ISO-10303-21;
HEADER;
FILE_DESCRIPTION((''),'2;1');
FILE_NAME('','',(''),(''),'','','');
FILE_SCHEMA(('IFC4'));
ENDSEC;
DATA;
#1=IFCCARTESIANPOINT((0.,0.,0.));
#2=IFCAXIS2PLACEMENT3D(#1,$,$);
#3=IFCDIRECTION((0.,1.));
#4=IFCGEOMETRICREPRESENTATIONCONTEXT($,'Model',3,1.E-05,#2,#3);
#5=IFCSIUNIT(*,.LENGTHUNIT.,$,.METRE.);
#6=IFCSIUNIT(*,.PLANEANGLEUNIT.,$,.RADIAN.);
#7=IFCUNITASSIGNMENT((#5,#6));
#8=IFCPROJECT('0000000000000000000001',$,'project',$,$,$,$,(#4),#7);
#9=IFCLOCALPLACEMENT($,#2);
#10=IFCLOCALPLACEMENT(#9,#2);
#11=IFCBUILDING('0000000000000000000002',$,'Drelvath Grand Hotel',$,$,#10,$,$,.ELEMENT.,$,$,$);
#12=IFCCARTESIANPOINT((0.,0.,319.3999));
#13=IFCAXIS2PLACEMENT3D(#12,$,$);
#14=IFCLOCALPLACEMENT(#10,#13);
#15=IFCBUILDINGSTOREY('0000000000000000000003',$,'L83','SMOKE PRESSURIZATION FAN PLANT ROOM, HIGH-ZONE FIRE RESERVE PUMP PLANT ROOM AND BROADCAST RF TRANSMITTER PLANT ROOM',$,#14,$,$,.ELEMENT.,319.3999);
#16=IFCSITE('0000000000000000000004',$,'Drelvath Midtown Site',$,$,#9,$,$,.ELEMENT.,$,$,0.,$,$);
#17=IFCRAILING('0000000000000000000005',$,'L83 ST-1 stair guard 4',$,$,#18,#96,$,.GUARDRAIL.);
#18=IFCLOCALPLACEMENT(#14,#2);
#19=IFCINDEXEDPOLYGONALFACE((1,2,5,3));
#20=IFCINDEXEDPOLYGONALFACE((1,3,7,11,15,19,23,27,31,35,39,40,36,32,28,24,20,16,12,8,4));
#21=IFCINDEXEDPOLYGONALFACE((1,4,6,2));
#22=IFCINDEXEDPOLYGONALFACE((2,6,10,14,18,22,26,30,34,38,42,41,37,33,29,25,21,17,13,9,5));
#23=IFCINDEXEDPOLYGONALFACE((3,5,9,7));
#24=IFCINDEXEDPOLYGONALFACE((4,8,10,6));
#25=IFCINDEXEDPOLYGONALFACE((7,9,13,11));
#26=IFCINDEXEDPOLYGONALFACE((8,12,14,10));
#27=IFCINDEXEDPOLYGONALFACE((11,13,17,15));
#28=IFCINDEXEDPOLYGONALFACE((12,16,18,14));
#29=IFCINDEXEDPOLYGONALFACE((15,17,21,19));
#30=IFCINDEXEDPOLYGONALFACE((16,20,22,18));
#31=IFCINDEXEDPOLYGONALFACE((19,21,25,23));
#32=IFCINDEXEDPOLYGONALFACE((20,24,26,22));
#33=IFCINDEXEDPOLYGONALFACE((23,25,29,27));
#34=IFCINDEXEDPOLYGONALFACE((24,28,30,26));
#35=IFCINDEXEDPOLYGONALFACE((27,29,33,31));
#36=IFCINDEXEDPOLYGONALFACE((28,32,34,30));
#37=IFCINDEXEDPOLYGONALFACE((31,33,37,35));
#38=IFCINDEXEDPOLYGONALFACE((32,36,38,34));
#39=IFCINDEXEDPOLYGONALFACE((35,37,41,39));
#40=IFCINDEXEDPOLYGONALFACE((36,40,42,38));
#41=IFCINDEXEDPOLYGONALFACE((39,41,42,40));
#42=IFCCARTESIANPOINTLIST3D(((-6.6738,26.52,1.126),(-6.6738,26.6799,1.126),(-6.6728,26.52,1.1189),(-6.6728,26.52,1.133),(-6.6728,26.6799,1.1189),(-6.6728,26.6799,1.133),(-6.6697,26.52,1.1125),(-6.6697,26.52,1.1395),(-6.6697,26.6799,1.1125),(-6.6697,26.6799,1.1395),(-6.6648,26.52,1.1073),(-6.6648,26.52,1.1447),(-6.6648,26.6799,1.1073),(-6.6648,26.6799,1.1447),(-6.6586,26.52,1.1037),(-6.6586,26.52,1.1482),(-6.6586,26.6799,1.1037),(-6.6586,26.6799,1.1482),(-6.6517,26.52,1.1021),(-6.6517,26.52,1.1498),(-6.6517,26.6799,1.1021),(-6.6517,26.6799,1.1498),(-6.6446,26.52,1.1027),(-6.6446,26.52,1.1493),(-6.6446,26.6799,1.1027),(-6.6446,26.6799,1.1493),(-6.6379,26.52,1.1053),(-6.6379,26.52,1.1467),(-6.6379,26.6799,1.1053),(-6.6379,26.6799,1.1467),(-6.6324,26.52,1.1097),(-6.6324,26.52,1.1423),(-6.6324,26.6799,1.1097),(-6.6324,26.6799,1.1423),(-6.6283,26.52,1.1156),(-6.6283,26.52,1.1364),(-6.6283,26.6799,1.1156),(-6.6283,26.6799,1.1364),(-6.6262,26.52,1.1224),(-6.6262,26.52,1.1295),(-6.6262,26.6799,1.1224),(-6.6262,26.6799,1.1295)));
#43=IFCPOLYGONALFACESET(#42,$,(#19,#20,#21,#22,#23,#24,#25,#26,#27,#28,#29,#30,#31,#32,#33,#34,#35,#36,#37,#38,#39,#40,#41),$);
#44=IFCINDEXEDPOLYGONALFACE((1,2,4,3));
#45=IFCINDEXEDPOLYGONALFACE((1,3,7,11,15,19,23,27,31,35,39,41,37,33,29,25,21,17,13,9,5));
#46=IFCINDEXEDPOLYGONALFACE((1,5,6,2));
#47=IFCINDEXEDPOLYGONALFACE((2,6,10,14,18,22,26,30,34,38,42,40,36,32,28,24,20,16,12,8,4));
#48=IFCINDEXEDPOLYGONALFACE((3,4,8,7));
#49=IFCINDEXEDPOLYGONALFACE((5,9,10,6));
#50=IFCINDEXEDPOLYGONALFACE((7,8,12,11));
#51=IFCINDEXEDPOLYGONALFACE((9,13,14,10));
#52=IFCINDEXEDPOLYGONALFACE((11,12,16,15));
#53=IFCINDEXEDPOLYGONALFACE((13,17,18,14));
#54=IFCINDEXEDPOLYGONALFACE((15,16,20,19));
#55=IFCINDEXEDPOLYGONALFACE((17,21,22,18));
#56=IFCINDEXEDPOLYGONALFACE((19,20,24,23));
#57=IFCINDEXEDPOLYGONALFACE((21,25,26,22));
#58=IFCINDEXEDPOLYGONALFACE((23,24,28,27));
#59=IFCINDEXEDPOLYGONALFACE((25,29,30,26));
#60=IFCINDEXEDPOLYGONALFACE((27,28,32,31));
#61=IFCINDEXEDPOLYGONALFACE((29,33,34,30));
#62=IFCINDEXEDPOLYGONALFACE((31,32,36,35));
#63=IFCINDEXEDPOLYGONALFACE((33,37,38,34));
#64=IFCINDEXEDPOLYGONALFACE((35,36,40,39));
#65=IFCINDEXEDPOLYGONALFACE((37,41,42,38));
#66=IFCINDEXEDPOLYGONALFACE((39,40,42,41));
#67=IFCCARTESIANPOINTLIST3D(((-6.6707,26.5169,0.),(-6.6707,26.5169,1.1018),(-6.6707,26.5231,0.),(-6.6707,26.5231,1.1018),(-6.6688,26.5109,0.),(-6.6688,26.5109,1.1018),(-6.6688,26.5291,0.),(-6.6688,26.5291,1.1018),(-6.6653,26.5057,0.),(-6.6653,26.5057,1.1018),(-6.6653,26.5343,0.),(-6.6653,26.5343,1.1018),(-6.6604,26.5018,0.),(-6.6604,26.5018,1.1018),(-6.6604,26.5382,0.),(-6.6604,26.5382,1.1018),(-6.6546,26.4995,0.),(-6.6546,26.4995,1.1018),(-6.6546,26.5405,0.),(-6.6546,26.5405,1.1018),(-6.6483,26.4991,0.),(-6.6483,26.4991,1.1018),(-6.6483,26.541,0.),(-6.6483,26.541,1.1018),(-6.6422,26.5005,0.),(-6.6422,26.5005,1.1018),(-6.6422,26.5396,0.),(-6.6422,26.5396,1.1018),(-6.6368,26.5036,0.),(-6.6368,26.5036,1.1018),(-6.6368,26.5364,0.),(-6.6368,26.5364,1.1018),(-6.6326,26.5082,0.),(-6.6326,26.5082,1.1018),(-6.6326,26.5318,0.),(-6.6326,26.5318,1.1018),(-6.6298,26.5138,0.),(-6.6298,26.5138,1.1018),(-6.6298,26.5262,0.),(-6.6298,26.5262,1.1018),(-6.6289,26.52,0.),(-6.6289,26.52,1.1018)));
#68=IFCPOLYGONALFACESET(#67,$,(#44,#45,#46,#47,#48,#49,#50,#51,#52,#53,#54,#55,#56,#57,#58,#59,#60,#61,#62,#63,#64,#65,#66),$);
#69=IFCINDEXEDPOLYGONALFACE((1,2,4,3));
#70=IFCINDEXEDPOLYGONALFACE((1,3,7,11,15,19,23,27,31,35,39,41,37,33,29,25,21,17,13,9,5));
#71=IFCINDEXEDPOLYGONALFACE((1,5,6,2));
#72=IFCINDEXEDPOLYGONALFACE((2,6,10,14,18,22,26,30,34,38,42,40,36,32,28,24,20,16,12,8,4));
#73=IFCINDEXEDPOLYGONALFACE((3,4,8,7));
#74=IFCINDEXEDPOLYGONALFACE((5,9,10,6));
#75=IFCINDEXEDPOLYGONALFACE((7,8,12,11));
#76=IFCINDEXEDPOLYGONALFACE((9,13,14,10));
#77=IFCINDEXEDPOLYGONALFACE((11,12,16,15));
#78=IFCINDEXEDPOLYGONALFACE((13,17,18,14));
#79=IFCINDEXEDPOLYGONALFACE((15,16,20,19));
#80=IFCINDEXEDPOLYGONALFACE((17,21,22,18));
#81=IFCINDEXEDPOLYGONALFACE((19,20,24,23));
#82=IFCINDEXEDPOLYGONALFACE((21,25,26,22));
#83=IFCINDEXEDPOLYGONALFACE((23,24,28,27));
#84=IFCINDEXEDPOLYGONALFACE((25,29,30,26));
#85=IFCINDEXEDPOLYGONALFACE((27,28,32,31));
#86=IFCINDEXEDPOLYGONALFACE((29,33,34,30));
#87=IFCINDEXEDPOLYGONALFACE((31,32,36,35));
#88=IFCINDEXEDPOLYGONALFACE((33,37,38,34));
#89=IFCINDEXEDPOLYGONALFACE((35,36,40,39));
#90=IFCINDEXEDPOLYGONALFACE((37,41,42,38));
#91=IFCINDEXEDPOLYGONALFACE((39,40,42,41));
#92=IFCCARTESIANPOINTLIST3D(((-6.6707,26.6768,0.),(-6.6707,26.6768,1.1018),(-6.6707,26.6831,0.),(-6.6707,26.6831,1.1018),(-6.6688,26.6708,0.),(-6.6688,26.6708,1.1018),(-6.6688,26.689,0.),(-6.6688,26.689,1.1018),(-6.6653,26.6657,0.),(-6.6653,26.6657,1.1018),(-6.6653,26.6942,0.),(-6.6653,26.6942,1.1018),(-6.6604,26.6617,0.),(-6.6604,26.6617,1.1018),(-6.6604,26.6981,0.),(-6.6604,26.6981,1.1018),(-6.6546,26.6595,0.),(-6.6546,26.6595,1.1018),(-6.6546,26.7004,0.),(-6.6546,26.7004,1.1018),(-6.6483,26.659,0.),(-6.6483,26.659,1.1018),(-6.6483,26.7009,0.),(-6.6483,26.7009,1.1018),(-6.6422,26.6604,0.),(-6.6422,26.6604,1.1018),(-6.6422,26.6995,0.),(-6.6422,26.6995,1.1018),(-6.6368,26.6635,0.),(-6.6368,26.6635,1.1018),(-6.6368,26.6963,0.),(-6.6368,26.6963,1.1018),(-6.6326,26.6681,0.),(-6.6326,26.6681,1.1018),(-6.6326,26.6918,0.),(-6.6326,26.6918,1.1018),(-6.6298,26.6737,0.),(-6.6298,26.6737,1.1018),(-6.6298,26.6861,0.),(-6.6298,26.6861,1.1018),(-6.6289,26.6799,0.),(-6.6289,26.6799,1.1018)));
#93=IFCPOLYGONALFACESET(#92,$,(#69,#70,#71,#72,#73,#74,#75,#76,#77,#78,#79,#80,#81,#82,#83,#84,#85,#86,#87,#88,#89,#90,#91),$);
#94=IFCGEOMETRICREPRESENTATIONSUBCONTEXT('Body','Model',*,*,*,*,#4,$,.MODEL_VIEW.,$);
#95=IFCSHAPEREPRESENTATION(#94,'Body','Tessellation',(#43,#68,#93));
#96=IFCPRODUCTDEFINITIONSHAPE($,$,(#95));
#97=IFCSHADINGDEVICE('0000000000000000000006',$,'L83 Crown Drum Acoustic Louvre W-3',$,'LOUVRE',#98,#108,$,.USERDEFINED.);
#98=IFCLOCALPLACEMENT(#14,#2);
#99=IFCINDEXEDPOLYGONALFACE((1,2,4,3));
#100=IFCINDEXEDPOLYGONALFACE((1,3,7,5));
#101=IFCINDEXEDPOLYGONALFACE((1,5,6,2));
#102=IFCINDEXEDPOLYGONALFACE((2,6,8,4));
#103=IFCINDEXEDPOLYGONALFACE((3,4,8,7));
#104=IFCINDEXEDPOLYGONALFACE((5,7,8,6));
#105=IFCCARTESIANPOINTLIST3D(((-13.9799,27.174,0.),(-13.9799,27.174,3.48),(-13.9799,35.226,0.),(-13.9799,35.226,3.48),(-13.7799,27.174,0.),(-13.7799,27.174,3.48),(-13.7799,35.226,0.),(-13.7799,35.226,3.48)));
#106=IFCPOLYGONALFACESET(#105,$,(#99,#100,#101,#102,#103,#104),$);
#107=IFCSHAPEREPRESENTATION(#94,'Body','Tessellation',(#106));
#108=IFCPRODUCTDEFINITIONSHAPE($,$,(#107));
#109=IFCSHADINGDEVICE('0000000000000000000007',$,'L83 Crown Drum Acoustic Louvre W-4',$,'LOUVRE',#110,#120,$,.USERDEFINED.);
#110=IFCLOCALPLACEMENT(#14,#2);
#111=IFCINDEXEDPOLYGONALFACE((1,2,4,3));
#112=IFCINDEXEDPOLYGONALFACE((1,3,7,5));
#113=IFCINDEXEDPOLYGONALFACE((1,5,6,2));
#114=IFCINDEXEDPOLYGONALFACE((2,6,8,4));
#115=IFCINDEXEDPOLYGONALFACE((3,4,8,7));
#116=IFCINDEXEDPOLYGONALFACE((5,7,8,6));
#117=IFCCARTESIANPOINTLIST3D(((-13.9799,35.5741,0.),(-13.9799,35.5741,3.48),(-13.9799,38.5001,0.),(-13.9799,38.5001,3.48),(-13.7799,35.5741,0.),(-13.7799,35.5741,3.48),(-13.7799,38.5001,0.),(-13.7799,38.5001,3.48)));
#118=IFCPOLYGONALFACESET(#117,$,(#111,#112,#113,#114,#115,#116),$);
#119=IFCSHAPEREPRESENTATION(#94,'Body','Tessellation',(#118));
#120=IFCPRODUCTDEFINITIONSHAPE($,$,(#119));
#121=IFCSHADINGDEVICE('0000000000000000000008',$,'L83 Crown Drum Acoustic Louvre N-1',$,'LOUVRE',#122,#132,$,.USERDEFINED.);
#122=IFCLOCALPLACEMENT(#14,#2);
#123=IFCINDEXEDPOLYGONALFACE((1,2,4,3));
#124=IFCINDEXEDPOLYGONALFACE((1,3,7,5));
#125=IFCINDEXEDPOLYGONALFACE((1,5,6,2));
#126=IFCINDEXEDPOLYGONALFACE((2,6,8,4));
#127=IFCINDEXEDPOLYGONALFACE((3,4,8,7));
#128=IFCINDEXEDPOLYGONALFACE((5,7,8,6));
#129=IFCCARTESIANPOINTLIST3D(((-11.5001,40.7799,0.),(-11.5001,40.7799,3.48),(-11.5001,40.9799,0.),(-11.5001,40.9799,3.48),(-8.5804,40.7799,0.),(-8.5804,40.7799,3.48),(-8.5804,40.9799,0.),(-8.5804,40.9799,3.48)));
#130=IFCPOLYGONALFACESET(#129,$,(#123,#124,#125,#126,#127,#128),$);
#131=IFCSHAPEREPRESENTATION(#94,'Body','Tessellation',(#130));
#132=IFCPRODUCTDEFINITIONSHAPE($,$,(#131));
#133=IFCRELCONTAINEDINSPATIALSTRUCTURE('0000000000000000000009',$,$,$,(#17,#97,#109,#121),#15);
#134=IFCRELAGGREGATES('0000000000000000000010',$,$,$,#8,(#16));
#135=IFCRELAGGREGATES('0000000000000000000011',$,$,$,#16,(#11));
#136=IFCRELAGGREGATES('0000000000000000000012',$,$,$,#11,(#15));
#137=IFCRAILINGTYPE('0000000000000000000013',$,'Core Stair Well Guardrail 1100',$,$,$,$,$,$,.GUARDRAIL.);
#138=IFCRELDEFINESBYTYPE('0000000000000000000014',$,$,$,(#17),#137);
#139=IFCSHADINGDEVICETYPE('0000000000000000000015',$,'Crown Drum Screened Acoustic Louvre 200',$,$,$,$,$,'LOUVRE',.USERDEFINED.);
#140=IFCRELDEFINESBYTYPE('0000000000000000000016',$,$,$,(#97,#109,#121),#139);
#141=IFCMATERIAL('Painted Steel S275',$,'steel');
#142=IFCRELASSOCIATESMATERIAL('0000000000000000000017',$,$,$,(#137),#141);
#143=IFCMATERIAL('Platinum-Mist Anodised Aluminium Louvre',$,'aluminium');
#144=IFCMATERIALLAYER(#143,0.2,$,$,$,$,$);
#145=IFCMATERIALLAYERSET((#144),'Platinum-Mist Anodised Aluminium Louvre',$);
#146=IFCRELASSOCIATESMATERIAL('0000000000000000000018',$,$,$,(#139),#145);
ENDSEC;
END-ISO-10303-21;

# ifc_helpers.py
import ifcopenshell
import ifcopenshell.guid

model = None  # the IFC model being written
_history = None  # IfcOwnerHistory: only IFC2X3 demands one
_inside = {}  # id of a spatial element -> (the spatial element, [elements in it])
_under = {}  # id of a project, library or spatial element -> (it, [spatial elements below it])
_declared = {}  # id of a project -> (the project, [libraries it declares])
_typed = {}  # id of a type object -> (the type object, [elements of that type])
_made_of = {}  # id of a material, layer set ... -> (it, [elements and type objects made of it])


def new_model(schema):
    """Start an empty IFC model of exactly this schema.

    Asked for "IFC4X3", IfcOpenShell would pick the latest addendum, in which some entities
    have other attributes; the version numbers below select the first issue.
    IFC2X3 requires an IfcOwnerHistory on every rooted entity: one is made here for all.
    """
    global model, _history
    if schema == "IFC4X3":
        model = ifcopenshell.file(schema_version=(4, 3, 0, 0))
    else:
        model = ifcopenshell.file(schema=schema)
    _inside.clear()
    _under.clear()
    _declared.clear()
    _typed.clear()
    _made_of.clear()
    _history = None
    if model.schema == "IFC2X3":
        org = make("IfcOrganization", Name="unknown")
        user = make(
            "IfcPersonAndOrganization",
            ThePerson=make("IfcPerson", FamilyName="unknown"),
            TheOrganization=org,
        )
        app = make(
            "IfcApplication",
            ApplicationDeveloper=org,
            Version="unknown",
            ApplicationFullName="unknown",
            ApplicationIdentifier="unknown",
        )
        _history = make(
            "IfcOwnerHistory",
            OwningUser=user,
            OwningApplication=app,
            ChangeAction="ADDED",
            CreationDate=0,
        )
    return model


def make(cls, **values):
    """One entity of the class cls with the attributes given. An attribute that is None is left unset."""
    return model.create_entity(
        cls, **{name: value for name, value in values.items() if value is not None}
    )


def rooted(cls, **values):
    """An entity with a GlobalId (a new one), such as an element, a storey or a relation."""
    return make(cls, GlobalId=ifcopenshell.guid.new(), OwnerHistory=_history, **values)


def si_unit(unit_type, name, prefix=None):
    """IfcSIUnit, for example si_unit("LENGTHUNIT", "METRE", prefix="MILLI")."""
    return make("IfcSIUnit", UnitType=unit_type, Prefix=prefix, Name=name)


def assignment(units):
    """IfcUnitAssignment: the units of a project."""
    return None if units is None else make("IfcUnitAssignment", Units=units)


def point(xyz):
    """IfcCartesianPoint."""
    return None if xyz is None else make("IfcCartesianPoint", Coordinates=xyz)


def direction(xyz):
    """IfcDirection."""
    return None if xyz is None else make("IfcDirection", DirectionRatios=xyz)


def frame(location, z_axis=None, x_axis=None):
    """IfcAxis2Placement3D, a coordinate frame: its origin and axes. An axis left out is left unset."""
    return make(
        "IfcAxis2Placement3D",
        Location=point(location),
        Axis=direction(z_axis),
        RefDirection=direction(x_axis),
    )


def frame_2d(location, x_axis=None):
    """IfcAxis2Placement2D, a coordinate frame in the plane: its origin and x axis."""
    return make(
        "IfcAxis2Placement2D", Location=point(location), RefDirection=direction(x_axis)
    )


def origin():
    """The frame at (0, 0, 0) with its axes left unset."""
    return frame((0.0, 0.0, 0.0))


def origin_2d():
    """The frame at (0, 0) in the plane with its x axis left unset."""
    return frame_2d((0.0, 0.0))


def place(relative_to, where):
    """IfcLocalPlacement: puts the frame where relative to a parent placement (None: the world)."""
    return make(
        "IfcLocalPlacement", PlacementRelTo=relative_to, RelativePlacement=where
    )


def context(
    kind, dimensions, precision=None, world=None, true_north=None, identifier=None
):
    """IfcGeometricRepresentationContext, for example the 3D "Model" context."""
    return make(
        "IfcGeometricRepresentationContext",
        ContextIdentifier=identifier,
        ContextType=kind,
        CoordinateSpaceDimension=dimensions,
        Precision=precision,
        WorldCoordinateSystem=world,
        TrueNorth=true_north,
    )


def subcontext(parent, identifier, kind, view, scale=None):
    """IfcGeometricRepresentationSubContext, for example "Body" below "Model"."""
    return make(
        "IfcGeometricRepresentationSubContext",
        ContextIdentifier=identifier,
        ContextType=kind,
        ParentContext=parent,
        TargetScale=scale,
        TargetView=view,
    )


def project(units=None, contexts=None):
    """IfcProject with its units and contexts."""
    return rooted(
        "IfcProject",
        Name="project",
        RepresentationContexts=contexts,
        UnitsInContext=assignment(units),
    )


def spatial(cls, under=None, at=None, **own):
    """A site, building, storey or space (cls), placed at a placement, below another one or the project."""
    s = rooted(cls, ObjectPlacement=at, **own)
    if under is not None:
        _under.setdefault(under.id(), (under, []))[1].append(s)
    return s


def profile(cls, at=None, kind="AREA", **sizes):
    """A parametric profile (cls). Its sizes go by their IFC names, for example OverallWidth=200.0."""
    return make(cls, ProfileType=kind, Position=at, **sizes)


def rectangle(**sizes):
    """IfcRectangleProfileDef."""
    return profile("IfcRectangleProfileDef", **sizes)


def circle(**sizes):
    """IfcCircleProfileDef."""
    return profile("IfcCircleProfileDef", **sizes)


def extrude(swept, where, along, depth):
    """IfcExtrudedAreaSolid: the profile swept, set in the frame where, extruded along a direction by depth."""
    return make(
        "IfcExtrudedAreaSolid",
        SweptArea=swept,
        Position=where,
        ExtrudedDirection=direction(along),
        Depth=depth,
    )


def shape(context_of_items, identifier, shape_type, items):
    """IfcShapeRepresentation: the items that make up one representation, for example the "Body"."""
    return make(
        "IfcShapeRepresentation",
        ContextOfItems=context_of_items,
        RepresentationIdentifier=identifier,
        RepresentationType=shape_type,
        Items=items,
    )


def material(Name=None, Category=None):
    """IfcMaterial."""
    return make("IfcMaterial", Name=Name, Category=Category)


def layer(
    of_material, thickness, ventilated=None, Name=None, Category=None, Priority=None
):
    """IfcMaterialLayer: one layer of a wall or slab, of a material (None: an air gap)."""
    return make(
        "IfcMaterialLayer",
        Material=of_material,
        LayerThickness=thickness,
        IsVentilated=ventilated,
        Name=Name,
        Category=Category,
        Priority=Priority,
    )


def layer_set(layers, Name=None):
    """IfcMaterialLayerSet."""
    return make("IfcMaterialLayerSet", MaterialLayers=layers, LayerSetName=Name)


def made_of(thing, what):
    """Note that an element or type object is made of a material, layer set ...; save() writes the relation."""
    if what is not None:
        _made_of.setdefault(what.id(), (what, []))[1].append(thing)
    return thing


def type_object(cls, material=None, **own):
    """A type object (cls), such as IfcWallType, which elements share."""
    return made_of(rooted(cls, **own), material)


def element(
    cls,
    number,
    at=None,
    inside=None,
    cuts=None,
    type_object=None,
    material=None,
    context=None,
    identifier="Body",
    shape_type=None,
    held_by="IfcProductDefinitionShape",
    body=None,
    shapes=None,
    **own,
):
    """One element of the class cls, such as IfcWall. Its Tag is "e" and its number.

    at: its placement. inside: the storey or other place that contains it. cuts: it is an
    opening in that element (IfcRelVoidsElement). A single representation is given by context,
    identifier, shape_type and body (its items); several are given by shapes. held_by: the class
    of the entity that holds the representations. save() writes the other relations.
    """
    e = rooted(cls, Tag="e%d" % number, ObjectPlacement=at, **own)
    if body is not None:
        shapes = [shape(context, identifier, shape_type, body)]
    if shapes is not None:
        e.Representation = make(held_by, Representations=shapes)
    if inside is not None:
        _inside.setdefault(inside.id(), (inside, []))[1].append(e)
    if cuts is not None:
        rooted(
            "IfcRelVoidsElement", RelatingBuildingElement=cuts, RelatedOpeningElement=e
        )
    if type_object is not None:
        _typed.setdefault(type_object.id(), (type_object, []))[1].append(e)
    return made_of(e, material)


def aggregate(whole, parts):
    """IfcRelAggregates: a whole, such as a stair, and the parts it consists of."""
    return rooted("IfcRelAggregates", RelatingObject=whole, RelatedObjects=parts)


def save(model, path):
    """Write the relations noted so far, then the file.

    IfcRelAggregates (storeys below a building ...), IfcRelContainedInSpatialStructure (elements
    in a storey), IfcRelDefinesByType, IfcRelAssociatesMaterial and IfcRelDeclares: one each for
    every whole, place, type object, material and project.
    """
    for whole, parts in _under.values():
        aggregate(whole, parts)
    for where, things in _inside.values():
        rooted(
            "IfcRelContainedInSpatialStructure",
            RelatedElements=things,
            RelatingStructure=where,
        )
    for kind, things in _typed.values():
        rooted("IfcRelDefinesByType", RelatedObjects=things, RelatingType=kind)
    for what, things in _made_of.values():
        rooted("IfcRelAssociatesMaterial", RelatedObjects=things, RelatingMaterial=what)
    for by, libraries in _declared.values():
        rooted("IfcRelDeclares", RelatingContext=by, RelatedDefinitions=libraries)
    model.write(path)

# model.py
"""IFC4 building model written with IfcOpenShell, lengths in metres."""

from ifc_helpers import new_model, si_unit, direction, frame, origin, origin_2d, place, context, subcontext, project, spatial, rectangle, circle, extrude, material, layer, layer_set, type_object, element, save


model = new_model("IFC4")

# Units and contexts
model_context = context("Model", 3, precision=1e-05, world=origin(), true_north=direction((0.0, 1.0)))
body_context = subcontext(model_context, "Body", "Model", "MODEL_VIEW")
ifc_project = project(units=[si_unit("LENGTHUNIT", "METRE"), si_unit("PLANEANGLEUNIT", "RADIAN")], contexts=[model_context])

# Site, building, storey
site_placement = place(None, origin())
site = spatial("IfcSite", under=ifc_project, at=site_placement, Name="Drelvath Midtown Site", CompositionType="ELEMENT", RefElevation=0.0)
building_placement = place(site_placement, origin())
building = spatial("IfcBuilding", under=site, at=building_placement, Name="Drelvath Grand Hotel", CompositionType="ELEMENT")
storey_placement = place(building_placement, frame((0.0, 0.0, 319.3999)))
storey = spatial("IfcBuildingStorey", under=building, at=storey_placement, Name="L83", Description="SMOKE PRESSURIZATION FAN PLANT ROOM, HIGH-ZONE FIRE RESERVE PUMP PLANT ROOM AND BROADCAST RF TRANSMITTER PLANT ROOM", CompositionType="ELEMENT", Elevation=319.3999)

# Shared definitions
ifc_material_1 = material(Name="Painted Steel S275", Category="steel")

# Railing
railing_type_1 = type_object("IfcRailingType", Name="Core Stair Well Guardrail 1100", PredefinedType="GUARDRAIL", material=ifc_material_1)
railing_1_placement = place(storey_placement, frame((-6.6499, 26.52, 0.0)))
element("IfcRailing", 1, at=railing_1_placement, inside=storey, type_object=railing_type_1, Name="L83 ST-1 stair guard 4", PredefinedType="GUARDRAIL", context=body_context, shape_type="SweptSolid", body=[
    extrude(circle(Radius=0.0239, at=origin_2d()), frame((0.0, 0.0, 1.126), z_axis=(0.0, 1.0, 0.0), x_axis=(-1.0, 0.0, 0.0)), (0.0, 0.0, 1.0), 0.1599),
    extrude(circle(Radius=0.021, at=origin_2d()), origin(), (0.0, 0.0, 1.0), 1.1018),
    extrude(circle(Radius=0.021, at=origin_2d()), frame((0.0, 0.1599, 0.0)), (0.0, 0.0, 1.0), 1.1018),
])

# Shading devices
ifc_material_2 = material(Name="Platinum-Mist Anodised Aluminium Louvre", Category="aluminium")
ifc_layer_1 = layer(ifc_material_2, 0.2)
ifc_layer_set_1 = layer_set([ifc_layer_1], Name="Platinum-Mist Anodised Aluminium Louvre")
shading_device_type = type_object("IfcShadingDeviceType", Name="Crown Drum Screened Acoustic Louvre 200", ElementType="LOUVRE", PredefinedType="USERDEFINED", material=ifc_layer_set_1)
shading_device_1_placement = place(storey_placement, frame((-13.8799, 31.2, 0.0), z_axis=(0.0, 0.0, 1.0), x_axis=(0.0, 1.0, 0.0)))
element("IfcShadingDevice", 2, at=shading_device_1_placement, inside=storey, type_object=shading_device_type, Name="L83 Crown Drum Acoustic Louvre W-3", ObjectType="LOUVRE", PredefinedType="USERDEFINED", context=body_context, shape_type="SweptSolid", body=[
    extrude(rectangle(XDim=8.052, YDim=0.2, at=origin_2d()), origin(), (0.0, 0.0, 1.0), 3.48),
])
shading_device_2_placement = place(storey_placement, frame((-13.8799, 37.0371, 0.0), z_axis=(0.0, 0.0, 1.0), x_axis=(0.0, 1.0, 0.0)))
element("IfcShadingDevice", 3, at=shading_device_2_placement, inside=storey, type_object=shading_device_type, Name="L83 Crown Drum Acoustic Louvre W-4", ObjectType="LOUVRE", PredefinedType="USERDEFINED", context=body_context, shape_type="SweptSolid", body=[
    extrude(rectangle(XDim=2.926, YDim=0.2, at=origin_2d()), origin(), (0.0, 0.0, 1.0), 3.48),
])
shading_device_3_placement = place(storey_placement, frame((-10.0403, 40.8799, 0.0), z_axis=(0.0, 0.0, 1.0), x_axis=(1.0, 0.0, 0.0)))
element("IfcShadingDevice", 4, at=shading_device_3_placement, inside=storey, type_object=shading_device_type, Name="L83 Crown Drum Acoustic Louvre N-1", ObjectType="LOUVRE", PredefinedType="USERDEFINED", context=body_context, shape_type="SweptSolid", body=[
    extrude(rectangle(XDim=2.9197, YDim=0.2, at=origin_2d()), origin(), (0.0, 0.0, 1.0), 3.48),
])

save(model, "model.ifc")
